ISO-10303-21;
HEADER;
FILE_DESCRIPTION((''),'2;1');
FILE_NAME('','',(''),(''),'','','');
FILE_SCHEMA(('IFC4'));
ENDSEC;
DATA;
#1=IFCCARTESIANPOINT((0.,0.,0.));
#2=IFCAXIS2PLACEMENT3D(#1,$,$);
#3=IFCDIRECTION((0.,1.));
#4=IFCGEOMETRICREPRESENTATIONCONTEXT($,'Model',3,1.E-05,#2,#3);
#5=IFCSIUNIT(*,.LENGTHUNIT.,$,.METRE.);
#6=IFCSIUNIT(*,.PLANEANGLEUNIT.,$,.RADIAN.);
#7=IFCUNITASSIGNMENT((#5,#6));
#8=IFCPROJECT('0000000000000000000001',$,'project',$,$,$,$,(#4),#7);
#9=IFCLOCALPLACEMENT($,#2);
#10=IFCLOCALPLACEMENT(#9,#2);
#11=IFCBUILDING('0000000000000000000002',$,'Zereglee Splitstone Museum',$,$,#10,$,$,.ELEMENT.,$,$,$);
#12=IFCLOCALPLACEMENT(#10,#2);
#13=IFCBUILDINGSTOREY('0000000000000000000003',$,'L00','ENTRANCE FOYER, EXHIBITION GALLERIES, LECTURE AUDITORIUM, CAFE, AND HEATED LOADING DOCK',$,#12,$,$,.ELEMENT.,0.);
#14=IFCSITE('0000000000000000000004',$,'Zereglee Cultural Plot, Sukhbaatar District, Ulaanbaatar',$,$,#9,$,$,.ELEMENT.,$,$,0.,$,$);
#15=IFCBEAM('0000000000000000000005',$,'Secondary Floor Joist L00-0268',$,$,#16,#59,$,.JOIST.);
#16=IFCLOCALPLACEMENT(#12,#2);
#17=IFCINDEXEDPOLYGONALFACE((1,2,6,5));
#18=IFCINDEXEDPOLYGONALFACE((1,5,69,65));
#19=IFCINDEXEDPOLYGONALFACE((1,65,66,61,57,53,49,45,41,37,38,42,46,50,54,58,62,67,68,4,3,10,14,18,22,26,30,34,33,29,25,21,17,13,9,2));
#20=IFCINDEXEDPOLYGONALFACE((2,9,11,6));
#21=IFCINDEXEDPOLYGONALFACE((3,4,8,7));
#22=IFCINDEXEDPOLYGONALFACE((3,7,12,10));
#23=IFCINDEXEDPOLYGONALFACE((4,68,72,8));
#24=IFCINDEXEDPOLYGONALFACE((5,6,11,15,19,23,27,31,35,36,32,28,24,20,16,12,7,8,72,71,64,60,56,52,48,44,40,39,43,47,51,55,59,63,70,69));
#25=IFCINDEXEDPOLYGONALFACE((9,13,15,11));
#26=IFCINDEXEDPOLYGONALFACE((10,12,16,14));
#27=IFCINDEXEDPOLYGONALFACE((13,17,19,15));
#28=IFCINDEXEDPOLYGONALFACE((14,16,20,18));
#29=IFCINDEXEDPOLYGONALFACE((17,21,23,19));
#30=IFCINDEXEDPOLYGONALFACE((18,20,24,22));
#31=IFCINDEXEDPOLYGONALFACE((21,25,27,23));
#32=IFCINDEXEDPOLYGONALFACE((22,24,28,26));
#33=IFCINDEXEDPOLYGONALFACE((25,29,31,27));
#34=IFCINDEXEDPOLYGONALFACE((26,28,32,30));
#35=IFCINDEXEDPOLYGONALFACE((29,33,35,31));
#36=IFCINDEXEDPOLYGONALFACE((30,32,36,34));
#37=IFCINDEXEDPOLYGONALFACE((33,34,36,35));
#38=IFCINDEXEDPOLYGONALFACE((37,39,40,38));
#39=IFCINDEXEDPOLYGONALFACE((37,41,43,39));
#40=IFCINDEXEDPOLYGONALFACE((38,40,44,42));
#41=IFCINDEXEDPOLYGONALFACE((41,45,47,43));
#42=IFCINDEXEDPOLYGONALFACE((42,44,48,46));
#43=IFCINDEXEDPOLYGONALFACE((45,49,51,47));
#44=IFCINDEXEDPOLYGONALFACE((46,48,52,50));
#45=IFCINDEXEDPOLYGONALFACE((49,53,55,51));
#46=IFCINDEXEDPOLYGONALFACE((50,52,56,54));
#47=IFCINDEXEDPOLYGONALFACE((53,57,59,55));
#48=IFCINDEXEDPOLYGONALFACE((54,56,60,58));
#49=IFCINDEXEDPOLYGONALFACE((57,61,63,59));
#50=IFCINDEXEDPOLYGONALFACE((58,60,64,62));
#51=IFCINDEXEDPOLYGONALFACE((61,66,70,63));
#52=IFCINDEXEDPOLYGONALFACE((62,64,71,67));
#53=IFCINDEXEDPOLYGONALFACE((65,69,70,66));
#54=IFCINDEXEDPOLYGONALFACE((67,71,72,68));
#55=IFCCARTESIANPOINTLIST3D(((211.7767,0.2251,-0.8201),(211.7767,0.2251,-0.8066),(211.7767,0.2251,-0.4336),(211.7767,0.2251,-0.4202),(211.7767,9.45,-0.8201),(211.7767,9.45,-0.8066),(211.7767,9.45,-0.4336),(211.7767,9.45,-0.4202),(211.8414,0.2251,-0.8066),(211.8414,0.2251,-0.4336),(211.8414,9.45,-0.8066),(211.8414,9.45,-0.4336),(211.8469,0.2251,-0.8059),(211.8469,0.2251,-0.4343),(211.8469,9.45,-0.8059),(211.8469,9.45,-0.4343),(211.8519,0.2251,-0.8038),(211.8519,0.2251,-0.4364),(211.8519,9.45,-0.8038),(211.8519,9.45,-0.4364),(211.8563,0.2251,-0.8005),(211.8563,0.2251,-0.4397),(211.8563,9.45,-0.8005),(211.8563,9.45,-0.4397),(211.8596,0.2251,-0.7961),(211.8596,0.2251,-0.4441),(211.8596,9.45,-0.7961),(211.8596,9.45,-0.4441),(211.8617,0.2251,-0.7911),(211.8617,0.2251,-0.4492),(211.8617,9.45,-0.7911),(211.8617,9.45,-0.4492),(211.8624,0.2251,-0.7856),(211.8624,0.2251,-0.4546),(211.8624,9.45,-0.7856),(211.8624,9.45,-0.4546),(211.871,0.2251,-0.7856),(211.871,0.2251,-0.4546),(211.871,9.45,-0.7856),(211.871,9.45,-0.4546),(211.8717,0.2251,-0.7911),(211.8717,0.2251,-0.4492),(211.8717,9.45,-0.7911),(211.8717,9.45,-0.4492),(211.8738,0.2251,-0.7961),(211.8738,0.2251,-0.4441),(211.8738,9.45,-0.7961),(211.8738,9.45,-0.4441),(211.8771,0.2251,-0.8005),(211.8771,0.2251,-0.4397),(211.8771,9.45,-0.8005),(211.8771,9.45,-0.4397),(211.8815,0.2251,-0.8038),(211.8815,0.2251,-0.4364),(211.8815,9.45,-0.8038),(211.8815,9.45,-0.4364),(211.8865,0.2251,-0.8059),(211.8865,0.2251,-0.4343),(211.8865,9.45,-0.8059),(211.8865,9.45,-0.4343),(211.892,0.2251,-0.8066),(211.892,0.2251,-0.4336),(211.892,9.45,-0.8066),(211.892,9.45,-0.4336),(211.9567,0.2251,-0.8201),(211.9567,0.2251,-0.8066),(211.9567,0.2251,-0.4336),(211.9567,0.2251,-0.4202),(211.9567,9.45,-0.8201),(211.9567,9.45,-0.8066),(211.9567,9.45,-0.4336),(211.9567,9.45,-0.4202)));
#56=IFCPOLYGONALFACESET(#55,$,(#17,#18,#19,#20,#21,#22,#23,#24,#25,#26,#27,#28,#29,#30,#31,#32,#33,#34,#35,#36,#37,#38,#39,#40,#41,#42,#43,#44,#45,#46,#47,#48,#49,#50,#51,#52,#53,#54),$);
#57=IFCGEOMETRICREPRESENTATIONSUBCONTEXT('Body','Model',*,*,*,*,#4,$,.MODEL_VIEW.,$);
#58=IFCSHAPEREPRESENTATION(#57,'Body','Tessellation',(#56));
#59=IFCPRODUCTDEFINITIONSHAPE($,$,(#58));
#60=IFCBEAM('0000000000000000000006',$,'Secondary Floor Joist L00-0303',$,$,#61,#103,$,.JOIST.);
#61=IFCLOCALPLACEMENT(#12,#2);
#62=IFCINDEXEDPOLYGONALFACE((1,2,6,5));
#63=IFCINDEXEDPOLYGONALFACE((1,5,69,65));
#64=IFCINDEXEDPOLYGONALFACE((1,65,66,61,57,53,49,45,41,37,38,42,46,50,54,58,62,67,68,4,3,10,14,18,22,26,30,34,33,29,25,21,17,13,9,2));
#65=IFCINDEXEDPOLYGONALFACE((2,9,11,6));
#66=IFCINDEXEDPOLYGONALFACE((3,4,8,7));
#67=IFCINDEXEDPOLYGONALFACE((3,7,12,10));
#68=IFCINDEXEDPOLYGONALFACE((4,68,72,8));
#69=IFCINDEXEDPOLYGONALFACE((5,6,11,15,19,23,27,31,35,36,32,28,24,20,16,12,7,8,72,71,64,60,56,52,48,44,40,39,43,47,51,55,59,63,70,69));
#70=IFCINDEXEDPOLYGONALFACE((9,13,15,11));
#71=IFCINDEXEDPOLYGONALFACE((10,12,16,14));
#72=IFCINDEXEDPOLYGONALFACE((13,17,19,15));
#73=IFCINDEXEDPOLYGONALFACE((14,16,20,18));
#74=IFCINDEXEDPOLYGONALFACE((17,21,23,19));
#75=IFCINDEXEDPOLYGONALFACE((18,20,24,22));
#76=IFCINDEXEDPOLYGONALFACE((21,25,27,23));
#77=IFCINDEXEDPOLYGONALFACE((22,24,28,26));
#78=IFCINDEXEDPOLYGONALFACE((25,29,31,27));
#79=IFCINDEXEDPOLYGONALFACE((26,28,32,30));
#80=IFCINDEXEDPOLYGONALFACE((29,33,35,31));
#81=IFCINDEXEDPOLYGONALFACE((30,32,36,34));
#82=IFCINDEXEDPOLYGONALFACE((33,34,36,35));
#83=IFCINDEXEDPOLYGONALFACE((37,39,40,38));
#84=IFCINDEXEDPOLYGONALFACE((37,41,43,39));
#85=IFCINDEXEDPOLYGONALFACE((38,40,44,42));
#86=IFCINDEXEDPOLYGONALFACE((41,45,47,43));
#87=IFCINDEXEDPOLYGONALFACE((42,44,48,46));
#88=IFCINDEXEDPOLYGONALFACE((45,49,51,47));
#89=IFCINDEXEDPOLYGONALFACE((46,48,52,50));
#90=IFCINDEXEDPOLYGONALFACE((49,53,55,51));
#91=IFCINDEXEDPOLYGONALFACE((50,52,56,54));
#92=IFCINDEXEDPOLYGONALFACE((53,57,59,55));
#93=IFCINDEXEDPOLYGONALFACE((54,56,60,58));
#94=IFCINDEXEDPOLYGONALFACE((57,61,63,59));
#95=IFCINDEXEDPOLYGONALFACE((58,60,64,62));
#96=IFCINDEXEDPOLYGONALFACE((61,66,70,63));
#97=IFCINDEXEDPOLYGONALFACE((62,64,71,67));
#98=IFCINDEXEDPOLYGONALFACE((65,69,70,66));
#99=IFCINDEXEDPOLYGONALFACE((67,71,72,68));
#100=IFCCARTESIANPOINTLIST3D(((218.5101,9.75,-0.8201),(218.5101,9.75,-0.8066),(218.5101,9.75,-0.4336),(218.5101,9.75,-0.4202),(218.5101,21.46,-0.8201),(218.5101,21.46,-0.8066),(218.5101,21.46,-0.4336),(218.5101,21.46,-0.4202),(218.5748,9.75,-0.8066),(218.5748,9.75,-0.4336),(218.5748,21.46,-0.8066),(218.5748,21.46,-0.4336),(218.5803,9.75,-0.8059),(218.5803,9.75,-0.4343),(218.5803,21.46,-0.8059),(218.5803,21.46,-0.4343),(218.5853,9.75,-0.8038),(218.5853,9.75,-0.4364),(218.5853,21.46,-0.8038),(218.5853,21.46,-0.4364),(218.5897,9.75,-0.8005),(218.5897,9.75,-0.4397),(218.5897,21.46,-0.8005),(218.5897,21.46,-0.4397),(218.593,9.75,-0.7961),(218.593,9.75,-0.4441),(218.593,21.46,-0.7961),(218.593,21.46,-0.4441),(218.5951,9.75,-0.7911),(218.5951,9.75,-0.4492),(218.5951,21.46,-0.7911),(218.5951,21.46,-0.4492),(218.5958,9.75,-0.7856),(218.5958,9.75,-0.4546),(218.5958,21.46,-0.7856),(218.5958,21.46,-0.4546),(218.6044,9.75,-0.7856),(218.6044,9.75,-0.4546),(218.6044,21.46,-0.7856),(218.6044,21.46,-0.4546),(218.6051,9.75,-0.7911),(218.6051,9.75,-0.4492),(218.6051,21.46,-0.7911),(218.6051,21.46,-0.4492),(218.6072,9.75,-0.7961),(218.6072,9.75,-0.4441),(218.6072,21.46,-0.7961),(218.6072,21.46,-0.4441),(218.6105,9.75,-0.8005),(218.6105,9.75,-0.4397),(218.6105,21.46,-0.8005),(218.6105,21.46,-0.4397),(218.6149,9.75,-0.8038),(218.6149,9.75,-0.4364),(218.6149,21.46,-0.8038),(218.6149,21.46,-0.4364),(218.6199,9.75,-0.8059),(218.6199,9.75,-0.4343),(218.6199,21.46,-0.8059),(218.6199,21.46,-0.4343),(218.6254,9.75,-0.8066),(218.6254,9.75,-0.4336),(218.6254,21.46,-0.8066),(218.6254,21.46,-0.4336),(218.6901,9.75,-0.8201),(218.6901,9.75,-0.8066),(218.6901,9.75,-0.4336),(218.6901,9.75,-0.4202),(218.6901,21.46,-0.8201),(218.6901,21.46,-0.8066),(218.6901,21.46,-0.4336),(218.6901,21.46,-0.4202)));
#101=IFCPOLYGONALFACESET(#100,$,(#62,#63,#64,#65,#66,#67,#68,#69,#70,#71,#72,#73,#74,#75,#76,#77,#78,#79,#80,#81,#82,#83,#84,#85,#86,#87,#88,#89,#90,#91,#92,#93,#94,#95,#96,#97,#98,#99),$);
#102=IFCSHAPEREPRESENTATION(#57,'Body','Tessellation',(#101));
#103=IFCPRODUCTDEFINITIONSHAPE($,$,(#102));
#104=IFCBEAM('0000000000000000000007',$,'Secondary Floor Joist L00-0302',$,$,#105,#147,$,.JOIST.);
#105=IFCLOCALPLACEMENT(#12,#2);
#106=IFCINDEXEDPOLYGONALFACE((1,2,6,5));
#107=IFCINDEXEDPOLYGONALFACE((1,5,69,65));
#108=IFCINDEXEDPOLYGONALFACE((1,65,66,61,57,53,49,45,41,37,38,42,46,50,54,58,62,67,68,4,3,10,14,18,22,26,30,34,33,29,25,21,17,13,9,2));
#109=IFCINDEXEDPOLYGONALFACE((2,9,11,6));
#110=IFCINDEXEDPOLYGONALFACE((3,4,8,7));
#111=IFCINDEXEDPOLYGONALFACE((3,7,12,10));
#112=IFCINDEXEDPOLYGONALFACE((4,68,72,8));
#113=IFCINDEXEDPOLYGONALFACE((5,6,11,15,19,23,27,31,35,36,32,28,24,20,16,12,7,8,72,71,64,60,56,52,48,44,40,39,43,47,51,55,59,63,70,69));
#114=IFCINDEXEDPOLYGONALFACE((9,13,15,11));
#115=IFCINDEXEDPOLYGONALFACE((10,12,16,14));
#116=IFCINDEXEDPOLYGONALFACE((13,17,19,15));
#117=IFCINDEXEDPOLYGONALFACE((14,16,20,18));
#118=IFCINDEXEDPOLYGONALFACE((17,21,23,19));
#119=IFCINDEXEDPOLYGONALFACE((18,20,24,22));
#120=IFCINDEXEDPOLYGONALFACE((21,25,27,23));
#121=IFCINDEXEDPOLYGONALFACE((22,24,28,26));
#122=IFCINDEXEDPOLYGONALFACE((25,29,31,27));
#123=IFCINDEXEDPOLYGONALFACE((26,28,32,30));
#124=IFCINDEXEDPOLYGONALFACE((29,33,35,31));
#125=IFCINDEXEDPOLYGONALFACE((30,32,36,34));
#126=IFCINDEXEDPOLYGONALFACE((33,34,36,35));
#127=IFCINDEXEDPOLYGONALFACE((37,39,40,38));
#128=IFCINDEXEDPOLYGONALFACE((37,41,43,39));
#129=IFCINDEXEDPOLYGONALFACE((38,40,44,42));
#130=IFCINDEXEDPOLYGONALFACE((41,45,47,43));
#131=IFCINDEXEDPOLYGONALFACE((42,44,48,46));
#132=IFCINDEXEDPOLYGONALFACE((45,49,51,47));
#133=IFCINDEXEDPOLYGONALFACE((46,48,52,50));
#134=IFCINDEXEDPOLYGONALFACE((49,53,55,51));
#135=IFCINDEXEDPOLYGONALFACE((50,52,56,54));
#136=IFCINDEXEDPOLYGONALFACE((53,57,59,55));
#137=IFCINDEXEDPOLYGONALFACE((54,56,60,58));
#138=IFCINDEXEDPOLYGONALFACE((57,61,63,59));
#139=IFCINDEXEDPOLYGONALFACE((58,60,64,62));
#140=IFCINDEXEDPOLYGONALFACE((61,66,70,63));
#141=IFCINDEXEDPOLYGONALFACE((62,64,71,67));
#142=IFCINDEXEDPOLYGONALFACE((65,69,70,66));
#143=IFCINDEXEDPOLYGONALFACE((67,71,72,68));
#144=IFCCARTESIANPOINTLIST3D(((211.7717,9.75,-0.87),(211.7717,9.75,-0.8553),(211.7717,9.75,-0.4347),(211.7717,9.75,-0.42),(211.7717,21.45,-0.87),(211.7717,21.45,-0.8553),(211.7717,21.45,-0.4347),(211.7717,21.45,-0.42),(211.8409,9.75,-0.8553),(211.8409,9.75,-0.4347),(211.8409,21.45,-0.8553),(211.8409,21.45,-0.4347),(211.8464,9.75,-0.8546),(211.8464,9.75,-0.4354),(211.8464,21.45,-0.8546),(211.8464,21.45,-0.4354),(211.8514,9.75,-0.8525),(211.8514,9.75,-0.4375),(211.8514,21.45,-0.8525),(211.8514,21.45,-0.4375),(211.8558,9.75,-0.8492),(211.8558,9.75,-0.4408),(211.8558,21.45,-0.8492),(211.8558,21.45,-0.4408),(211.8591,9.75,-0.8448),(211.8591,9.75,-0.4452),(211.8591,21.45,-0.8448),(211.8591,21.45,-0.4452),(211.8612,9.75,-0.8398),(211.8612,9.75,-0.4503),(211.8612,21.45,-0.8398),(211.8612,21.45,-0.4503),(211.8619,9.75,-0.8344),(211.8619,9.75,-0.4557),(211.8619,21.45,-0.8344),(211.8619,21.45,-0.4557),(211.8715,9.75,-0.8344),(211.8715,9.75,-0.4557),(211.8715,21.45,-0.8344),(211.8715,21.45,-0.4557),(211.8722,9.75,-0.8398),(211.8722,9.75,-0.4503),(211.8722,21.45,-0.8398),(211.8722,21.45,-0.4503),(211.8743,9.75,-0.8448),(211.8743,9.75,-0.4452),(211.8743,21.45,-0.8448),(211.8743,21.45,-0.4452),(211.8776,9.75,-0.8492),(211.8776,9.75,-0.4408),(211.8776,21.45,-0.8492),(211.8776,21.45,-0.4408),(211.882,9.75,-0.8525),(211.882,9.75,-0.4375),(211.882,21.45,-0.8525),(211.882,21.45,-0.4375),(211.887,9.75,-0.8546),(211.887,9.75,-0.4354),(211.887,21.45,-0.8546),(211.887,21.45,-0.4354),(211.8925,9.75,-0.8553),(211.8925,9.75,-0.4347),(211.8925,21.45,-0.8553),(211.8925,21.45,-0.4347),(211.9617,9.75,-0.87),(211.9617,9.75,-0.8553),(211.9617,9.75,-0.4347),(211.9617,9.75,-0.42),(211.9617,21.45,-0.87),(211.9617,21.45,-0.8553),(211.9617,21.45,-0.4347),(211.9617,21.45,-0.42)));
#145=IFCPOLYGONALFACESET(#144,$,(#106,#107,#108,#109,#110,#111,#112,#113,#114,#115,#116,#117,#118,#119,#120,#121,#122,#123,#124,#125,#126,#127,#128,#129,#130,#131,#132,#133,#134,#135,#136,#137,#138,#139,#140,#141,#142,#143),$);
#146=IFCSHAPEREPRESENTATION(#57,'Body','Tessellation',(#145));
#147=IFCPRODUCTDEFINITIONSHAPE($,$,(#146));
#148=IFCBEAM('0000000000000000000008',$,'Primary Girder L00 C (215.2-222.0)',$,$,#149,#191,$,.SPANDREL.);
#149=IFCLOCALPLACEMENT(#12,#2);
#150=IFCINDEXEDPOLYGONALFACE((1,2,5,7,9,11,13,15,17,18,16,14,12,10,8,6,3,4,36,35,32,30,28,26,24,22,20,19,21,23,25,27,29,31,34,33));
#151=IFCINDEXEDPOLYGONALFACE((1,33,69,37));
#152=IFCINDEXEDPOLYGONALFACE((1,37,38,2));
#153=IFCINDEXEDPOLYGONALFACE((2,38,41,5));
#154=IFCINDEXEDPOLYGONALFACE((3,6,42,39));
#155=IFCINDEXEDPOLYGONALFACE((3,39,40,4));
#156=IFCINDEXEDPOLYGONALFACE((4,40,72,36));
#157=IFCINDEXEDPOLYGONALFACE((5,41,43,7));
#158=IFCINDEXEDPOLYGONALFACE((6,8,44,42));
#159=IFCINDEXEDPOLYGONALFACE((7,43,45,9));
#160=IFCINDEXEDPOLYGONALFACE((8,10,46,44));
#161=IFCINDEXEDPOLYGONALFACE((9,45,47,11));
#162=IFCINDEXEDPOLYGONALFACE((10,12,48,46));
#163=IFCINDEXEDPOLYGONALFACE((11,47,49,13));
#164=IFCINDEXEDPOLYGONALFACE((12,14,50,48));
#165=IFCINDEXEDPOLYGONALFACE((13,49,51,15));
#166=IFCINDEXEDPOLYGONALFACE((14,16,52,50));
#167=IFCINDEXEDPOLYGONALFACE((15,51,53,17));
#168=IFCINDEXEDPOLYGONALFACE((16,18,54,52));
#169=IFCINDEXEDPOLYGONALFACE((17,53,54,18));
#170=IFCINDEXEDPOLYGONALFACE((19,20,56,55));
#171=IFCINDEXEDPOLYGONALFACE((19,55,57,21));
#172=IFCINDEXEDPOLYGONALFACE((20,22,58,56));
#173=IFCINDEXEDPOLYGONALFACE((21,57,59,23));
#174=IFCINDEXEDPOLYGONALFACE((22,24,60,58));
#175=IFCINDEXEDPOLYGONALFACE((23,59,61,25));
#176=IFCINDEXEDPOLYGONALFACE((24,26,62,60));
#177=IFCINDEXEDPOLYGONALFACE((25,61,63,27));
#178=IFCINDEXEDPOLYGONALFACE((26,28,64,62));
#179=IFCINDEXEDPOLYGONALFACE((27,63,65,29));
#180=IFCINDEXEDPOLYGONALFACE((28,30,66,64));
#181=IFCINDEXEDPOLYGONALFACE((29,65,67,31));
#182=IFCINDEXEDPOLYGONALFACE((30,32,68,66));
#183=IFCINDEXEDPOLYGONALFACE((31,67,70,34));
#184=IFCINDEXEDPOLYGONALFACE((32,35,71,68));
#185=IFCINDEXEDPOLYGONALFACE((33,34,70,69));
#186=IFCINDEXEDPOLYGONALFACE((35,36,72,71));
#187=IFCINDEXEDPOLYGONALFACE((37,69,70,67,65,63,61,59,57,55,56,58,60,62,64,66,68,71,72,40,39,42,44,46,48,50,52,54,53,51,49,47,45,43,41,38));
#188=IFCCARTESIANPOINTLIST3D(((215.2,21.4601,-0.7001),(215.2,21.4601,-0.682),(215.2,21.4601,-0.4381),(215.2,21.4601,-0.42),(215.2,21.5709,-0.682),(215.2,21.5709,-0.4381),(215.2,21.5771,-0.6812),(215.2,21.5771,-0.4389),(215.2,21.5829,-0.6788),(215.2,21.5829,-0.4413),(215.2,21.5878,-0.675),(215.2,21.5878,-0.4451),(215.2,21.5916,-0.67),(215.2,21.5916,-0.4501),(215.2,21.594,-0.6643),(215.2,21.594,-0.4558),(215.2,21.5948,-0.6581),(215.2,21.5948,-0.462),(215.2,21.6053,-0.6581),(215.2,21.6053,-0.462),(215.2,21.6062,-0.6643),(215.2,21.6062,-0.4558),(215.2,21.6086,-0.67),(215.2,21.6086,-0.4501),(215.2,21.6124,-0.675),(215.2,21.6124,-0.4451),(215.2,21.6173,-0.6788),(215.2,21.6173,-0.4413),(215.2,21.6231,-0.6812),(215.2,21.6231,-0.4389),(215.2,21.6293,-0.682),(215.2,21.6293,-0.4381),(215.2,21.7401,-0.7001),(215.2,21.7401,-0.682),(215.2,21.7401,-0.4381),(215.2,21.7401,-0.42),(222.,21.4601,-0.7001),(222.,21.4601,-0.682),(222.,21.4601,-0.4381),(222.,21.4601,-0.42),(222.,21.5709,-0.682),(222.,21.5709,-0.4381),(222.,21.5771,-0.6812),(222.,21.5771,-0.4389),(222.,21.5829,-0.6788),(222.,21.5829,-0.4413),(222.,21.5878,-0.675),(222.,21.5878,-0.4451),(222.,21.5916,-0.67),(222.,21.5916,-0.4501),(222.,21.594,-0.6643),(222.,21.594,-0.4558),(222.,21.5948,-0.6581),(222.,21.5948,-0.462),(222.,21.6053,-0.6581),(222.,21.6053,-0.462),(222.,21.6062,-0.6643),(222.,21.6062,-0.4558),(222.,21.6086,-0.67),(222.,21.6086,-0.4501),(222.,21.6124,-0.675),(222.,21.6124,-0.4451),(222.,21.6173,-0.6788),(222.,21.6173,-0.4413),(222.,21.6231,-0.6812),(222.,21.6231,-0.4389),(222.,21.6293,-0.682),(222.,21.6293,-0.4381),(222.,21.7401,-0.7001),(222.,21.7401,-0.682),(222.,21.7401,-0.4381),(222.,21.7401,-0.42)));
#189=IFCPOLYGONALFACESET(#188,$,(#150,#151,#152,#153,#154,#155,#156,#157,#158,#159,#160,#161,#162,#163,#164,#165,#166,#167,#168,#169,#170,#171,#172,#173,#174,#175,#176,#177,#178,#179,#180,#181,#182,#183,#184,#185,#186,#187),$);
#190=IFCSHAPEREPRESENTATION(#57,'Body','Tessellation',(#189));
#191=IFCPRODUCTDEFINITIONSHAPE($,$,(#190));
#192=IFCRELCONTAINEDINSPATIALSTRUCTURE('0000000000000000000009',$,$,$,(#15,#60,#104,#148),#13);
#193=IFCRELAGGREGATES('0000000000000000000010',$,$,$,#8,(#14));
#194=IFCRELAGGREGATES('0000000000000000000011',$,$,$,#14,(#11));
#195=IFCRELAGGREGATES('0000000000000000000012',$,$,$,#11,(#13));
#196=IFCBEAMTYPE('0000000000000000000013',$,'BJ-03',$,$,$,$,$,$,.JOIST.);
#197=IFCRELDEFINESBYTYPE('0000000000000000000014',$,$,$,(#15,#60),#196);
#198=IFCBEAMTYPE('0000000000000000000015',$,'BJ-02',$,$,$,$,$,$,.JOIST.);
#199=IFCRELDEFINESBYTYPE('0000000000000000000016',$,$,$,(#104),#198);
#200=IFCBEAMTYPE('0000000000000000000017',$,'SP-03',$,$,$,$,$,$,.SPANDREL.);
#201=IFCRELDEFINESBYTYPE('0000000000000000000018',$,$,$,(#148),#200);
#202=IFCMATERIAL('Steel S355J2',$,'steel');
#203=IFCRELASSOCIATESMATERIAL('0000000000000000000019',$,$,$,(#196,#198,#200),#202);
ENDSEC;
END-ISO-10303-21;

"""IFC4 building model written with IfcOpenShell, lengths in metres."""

from ifc_helpers import new_model, si_unit, direction, frame, origin, origin_2d, place, context, subcontext, project, spatial, i_section, extrude, material, material_profile, profile_set, type_object, element, save


model = new_model("IFC4")

# Units and contexts
model_context = context("Model", 3, precision=1e-05, world=origin(), true_north=direction((0.0, 1.0)))
body_context = subcontext(model_context, "Body", "Model", "MODEL_VIEW")
ifc_project = project(units=[si_unit("LENGTHUNIT", "METRE"), si_unit("PLANEANGLEUNIT", "RADIAN")], contexts=[model_context])

# Site, building, storey
site_placement = place(None, origin())
site = spatial("IfcSite", under=ifc_project, at=site_placement, Name="Zereglee Cultural Plot, Sukhbaatar District, Ulaanbaatar", CompositionType="ELEMENT", RefElevation=0.0)
building_placement = place(site_placement, origin())
building = spatial("IfcBuilding", under=site, at=building_placement, Name="Zereglee Splitstone Museum", CompositionType="ELEMENT")
storey_placement = place(building_placement, origin())
storey = spatial("IfcBuildingStorey", under=building, at=storey_placement, Name="L00", Description="ENTRANCE FOYER, EXHIBITION GALLERIES, LECTURE AUDITORIUM, CAFE, AND HEATED LOADING DOCK", CompositionType="ELEMENT", Elevation=0.0)

# Beams
ifc_material_1 = material(Name="Steel S355J2", Category="steel")
ifc_material_profile_1 = material_profile(ifc_material_1, i_section(OverallWidth=0.1799, OverallDepth=0.3999, WebThickness=0.0085, FlangeThickness=0.0134, FilletRadius=0.021, at=origin_2d()), Name="IPE 400")
ifc_profile_set_1 = profile_set([ifc_material_profile_1], Name="Steel S355J2")
beam_type_1 = type_object("IfcBeamType", Name="BJ-03", PredefinedType="JOIST", material=ifc_profile_set_1)
beam_1_placement = place(storey_placement, frame((211.8667, 0.2251, -0.6201), z_axis=(0.0, 1.0, 0.0), x_axis=(-1.0, 0.0, 0.0)))
element("IfcBeam", 1, at=beam_1_placement, inside=storey, type_object=beam_type_1, Name="Secondary Floor Joist L00-0268", PredefinedType="JOIST", context=body_context, shape_type="SweptSolid", body=[
    extrude(i_section(OverallWidth=0.1799, OverallDepth=0.3999, WebThickness=0.0085, FlangeThickness=0.0134, FilletRadius=0.021, at=origin_2d()), origin(), (0.0, 0.0, 1.0), 9.2249),
])
beam_2_placement = place(storey_placement, frame((218.6001, 9.75, -0.6201), z_axis=(0.0, 1.0, 0.0), x_axis=(-1.0, 0.0, 0.0)))
element("IfcBeam", 2, at=beam_2_placement, inside=storey, type_object=beam_type_1, Name="Secondary Floor Joist L00-0303", PredefinedType="JOIST", context=body_context, shape_type="SweptSolid", body=[
    extrude(i_section(OverallWidth=0.1799, OverallDepth=0.3999, WebThickness=0.0085, FlangeThickness=0.0134, FilletRadius=0.021, at=origin_2d()), origin(), (0.0, 0.0, 1.0), 11.71),
])
ifc_material_profile_2 = material_profile(ifc_material_1, i_section(OverallWidth=0.1899, OverallDepth=0.45, WebThickness=0.0095, FlangeThickness=0.0146, FilletRadius=0.021, at=origin_2d()), Name="IPE 450")
ifc_profile_set_2 = profile_set([ifc_material_profile_2], Name="Steel S355J2")
beam_type_2 = type_object("IfcBeamType", Name="BJ-02", PredefinedType="JOIST", material=ifc_profile_set_2)
beam_3_placement = place(storey_placement, frame((211.8667, 9.75, -0.645), z_axis=(0.0, 1.0, 0.0), x_axis=(-1.0, 0.0, 0.0)))
element("IfcBeam", 3, at=beam_3_placement, inside=storey, type_object=beam_type_2, Name="Secondary Floor Joist L00-0302", PredefinedType="JOIST", context=body_context, shape_type="SweptSolid", body=[
    extrude(i_section(OverallWidth=0.1899, OverallDepth=0.45, WebThickness=0.0095, FlangeThickness=0.0146, FilletRadius=0.021, at=origin_2d()), origin(), (0.0, 0.0, 1.0), 11.7),
])
ifc_material_profile_3 = material_profile(ifc_material_1, i_section(OverallWidth=0.28, OverallDepth=0.28, WebThickness=0.0105, FlangeThickness=0.0181, FilletRadius=0.0239, at=origin_2d()), Name="HE 280 B")
ifc_profile_set_3 = profile_set([ifc_material_profile_3], Name="Steel S355J2")
beam_type_3 = type_object("IfcBeamType", Name="SP-03", PredefinedType="SPANDREL", material=ifc_profile_set_3)
beam_4_placement = place(storey_placement, frame((215.2, 21.6001, -0.5601), z_axis=(1.0, 0.0, 0.0), x_axis=(0.0, 1.0, 0.0)))
element("IfcBeam", 4, at=beam_4_placement, inside=storey, type_object=beam_type_3, Name="Primary Girder L00 C (215.2-222.0)", PredefinedType="SPANDREL", context=body_context, shape_type="SweptSolid", body=[
    extrude(i_section(OverallWidth=0.28, OverallDepth=0.28, WebThickness=0.0105, FlangeThickness=0.0181, FilletRadius=0.0239, at=origin_2d()), origin(), (0.0, 0.0, 1.0), 6.8),
])

save(model, "model.ifc")
